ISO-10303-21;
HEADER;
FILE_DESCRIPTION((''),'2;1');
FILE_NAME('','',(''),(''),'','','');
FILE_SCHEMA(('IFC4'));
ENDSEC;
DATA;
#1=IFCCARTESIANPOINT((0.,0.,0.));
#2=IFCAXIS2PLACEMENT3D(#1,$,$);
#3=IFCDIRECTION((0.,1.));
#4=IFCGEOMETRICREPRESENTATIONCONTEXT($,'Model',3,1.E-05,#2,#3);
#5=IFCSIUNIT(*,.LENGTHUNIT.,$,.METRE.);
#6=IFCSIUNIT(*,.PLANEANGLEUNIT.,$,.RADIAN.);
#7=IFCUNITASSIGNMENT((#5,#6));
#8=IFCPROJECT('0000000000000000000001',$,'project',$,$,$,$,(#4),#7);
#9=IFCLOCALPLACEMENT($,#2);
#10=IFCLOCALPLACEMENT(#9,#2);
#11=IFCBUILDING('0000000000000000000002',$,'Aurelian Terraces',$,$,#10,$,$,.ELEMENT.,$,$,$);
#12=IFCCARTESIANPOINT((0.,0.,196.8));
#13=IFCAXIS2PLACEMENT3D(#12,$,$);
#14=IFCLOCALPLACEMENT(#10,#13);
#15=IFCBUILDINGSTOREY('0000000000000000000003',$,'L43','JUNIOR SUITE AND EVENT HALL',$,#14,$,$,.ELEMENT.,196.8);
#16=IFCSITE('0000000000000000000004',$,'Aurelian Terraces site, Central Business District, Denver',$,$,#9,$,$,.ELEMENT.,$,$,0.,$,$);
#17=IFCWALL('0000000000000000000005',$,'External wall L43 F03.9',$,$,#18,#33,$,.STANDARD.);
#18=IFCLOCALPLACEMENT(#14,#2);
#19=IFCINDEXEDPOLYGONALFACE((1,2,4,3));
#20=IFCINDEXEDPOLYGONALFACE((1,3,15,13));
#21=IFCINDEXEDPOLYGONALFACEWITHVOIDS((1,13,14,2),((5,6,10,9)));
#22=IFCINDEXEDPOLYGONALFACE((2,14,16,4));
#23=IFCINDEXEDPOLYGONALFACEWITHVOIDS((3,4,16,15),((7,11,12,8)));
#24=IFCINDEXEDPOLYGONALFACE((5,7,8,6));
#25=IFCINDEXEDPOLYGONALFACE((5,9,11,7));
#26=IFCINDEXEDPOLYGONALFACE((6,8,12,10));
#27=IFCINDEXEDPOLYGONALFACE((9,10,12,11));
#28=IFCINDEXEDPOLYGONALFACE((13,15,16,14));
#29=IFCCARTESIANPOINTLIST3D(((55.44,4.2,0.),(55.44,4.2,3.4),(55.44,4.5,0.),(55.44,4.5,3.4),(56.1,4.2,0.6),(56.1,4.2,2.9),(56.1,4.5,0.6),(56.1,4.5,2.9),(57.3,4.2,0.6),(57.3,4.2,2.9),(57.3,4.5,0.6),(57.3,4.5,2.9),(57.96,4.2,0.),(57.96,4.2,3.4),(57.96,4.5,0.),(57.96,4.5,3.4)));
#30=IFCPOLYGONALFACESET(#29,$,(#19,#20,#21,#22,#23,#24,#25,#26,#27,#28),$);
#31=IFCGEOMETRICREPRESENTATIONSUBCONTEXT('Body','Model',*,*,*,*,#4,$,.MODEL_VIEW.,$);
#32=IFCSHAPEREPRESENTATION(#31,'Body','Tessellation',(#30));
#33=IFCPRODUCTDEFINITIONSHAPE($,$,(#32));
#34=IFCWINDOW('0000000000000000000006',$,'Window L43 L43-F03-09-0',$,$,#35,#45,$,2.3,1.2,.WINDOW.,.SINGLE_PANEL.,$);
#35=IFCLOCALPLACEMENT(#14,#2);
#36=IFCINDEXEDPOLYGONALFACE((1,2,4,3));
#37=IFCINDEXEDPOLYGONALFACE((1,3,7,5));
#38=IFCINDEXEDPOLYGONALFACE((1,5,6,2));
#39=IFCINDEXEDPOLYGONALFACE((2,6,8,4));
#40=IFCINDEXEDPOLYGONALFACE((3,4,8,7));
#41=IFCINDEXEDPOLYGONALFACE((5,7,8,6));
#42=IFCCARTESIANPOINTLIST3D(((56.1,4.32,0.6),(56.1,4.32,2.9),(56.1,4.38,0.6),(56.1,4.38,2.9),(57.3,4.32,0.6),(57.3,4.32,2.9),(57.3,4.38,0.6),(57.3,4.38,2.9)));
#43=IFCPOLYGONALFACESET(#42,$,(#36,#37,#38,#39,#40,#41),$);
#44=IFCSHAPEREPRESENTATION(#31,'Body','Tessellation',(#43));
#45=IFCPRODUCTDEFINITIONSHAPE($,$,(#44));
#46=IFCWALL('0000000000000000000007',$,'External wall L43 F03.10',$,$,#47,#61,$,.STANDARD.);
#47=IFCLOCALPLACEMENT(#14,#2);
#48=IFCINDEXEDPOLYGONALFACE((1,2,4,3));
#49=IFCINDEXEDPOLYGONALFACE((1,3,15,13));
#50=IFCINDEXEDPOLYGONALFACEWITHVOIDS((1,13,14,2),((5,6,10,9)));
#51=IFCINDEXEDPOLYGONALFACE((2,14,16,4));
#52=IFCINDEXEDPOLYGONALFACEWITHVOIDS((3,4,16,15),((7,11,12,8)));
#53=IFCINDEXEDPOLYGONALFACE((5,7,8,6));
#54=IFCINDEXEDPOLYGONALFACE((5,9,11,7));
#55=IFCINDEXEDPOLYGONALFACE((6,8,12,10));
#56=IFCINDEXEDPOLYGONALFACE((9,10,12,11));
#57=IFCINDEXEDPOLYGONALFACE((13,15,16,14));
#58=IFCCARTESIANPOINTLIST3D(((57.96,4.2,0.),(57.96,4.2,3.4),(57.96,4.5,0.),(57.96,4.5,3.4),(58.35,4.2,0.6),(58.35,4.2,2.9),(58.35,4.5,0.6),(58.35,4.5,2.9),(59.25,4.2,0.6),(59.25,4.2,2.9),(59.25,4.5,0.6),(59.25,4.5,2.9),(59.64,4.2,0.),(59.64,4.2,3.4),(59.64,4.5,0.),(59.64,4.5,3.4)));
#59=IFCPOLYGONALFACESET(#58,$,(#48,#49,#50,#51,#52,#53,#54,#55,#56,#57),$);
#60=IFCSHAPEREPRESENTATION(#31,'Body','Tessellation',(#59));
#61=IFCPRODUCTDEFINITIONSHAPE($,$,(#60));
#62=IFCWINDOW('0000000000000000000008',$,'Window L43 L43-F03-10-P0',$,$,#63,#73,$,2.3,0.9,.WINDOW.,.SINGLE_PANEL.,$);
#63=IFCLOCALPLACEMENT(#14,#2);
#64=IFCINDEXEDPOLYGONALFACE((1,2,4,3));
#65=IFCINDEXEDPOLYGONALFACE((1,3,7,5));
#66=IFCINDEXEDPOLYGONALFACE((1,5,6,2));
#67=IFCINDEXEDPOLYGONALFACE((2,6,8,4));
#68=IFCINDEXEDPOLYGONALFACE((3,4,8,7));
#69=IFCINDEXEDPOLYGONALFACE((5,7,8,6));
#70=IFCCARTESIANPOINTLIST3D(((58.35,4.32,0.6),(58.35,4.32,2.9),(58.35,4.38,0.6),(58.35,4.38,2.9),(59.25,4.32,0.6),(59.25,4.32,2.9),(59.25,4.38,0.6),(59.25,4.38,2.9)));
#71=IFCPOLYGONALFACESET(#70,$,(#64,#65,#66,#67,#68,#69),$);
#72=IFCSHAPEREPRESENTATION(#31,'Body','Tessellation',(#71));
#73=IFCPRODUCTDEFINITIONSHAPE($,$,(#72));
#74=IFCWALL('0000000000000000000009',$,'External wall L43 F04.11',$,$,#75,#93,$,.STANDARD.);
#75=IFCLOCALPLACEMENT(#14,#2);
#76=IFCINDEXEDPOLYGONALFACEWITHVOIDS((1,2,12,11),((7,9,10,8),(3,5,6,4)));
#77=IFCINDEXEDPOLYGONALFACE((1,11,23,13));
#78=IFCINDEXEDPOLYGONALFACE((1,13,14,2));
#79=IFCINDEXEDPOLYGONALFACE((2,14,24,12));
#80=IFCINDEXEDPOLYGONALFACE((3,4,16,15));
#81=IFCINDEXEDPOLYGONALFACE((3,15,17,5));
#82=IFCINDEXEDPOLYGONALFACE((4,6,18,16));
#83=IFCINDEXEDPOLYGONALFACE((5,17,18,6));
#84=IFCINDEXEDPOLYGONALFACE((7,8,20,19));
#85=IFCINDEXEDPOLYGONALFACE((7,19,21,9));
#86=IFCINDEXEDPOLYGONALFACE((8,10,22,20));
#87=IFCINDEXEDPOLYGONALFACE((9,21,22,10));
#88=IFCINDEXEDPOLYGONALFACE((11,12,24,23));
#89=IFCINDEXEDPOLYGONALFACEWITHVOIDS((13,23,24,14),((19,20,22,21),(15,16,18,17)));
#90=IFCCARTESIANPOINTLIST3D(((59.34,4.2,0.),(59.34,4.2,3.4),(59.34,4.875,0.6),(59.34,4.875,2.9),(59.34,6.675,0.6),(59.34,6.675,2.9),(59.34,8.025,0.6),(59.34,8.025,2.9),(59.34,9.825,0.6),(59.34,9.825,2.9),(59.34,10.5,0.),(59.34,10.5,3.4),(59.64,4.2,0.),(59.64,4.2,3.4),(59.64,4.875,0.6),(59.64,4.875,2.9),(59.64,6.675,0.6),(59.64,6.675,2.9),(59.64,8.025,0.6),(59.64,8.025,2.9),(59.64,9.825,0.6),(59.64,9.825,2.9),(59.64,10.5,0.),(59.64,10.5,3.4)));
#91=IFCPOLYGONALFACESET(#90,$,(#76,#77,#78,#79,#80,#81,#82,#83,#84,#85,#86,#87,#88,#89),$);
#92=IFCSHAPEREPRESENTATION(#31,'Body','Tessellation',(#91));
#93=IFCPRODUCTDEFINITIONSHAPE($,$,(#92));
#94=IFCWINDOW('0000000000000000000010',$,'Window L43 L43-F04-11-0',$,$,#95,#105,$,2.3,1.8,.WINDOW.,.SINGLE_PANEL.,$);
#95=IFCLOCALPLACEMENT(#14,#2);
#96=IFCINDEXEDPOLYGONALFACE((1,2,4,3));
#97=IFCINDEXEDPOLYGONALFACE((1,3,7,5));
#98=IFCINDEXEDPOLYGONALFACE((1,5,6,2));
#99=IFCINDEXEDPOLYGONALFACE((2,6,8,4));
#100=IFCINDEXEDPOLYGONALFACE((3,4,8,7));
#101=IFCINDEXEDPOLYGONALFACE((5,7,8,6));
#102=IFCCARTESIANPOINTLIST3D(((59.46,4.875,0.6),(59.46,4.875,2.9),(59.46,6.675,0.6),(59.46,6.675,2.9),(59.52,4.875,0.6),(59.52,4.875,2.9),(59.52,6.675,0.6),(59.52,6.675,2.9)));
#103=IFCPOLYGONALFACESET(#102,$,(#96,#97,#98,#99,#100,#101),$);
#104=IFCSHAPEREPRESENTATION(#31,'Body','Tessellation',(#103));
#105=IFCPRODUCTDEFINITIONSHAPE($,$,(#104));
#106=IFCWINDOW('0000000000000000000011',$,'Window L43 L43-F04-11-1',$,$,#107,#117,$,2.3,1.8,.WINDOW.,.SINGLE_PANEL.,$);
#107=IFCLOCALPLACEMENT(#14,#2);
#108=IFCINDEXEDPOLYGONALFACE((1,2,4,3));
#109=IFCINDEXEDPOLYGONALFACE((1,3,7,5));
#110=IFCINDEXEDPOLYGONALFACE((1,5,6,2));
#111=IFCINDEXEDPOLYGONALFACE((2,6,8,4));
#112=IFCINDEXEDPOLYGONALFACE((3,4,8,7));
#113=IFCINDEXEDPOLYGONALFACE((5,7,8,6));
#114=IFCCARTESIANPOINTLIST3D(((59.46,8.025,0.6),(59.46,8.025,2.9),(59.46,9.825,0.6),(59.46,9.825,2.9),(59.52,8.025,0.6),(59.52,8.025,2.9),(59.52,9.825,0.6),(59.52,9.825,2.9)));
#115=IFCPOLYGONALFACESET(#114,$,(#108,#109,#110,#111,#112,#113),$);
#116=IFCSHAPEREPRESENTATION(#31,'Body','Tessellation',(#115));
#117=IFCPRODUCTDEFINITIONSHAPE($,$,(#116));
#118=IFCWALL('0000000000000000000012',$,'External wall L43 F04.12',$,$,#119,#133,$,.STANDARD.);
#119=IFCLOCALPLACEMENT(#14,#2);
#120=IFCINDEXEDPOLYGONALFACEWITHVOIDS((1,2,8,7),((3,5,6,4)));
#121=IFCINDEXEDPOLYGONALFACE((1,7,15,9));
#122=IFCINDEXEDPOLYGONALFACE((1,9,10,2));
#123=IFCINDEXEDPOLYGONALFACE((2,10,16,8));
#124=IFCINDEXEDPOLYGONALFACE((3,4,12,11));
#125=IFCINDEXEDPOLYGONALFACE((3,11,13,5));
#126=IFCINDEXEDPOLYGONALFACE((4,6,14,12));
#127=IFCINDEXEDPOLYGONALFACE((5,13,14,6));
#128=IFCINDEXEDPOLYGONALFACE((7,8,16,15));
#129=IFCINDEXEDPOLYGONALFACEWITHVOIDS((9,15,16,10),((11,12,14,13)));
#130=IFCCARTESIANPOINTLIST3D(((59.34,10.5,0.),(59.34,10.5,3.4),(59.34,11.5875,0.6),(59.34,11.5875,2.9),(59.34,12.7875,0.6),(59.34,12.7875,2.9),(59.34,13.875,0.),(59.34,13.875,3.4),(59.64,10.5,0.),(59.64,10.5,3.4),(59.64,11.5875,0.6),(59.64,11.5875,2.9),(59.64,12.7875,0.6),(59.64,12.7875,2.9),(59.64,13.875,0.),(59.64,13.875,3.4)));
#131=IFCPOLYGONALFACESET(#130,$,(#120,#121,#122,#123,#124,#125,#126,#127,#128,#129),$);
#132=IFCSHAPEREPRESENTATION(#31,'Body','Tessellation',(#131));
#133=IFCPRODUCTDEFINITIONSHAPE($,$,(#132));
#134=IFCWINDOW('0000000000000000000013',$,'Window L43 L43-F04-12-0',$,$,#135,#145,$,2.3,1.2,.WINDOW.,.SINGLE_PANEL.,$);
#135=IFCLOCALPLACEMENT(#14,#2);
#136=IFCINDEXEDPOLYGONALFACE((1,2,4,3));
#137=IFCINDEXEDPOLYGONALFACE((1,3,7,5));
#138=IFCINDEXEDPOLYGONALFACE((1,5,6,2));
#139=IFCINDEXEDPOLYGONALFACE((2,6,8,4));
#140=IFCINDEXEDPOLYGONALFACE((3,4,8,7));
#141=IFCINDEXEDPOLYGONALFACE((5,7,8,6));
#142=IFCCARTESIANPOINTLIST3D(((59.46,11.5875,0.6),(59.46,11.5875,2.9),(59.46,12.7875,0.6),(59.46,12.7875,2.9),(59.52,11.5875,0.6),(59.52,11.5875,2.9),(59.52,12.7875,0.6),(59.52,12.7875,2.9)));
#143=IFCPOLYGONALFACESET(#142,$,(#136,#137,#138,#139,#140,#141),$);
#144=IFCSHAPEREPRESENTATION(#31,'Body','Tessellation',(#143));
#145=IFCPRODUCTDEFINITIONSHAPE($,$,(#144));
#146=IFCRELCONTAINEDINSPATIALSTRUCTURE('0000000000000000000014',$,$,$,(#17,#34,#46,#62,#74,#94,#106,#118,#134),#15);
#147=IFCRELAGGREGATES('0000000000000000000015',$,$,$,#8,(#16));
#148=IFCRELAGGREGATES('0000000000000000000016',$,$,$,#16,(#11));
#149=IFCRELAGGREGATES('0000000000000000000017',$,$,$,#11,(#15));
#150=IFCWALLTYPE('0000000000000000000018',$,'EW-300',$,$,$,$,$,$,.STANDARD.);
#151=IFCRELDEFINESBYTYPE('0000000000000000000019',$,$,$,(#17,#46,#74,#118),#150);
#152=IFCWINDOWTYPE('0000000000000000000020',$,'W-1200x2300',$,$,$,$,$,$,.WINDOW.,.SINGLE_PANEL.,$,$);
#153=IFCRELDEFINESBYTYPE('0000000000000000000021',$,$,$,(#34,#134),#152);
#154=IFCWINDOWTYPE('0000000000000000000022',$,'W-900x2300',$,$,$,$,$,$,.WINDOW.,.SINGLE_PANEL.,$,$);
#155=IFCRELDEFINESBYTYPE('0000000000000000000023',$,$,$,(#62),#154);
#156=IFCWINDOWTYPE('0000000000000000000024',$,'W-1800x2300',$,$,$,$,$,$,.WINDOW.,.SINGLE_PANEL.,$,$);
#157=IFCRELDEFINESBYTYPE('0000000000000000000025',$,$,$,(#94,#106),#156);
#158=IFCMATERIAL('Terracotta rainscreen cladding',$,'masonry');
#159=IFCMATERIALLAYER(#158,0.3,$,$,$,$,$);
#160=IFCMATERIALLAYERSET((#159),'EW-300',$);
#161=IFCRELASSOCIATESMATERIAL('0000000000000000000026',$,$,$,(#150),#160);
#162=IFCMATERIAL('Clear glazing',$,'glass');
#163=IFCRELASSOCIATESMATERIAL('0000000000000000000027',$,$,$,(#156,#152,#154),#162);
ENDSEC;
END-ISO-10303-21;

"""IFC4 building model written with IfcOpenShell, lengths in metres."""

from ifc_helpers import new_model, si_unit, direction, frame, frame_2d, origin, place, context, subcontext, project, spatial, rectangle, extrude, source, transform, mapped, material, layer, layer_set, type_object, element, fill, save


model = new_model("IFC4")

# Units and contexts
model_context = context("Model", 3, precision=1e-05, world=origin(), true_north=direction((0.0, 1.0)))
body_context = subcontext(model_context, "Body", "Model", "MODEL_VIEW")
ifc_project = project(units=[si_unit("LENGTHUNIT", "METRE"), si_unit("PLANEANGLEUNIT", "RADIAN")], contexts=[model_context])

# Site, building, storey
site_placement = place(None, origin())
site = spatial("IfcSite", under=ifc_project, at=site_placement, Name="Aurelian Terraces site, Central Business District, Denver", CompositionType="ELEMENT", RefElevation=0.0)
building_placement = place(site_placement, origin())
building = spatial("IfcBuilding", under=site, at=building_placement, Name="Aurelian Terraces", CompositionType="ELEMENT")
storey_placement = place(building_placement, frame((0.0, 0.0, 196.8)))
storey = spatial("IfcBuildingStorey", under=building, at=storey_placement, Name="L43", Description="JUNIOR SUITE AND EVENT HALL", CompositionType="ELEMENT", Elevation=196.8)

# Walls, openings, windows
ifc_material_1 = material(Name="Terracotta rainscreen cladding", Category="masonry")
ifc_layer = layer(ifc_material_1, 0.3)
ifc_layer_set = layer_set([ifc_layer], Name="EW-300")
wall_type = type_object("IfcWallType", Name="EW-300", PredefinedType="STANDARD", material=ifc_layer_set)
shared_shape_1 = source(origin(), body_context, "Body", "SweptSolid", [
    extrude(rectangle(XDim=1.8, YDim=2.3, at=frame_2d((0.9, 1.15))), frame((0.0, 0.16, 0.0), z_axis=(0.0, -1.0, 0.0), x_axis=(1.0, 0.0, 0.0)), (0.0, 0.0, 1.0), 0.32),
])
ifc_material_2 = material(Name="Clear glazing", Category="glass")
window_type_1 = type_object("IfcWindowType", Name="W-1800x2300", PartitioningType="SINGLE_PANEL", PredefinedType="WINDOW", material=ifc_material_2)
shared_shape_2 = source(origin(), body_context, "Body", "SweptSolid", [
    extrude(rectangle(XDim=1.8, YDim=2.3, at=frame_2d((0.9, 1.15))), frame((0.0, 0.03, 0.0), z_axis=(0.0, -1.0, 0.0), x_axis=(1.0, 0.0, 0.0)), (0.0, 0.0, 1.0), 0.06),
])
shared_shape_3 = source(origin(), body_context, "Body", "SweptSolid", [
    extrude(rectangle(XDim=2.52, YDim=0.3, at=frame_2d((1.26, 0.0))), origin(), (0.0, 0.0, 1.0), 3.4),
])
wall_1_placement = place(storey_placement, frame((55.44, 4.35, 0.0), z_axis=(0.0, 0.0, 1.0), x_axis=(1.0, 0.0, 0.0)))
wall_1 = element("IfcWall", 1, at=wall_1_placement, inside=storey, type_object=wall_type, Name="External wall L43 F03.9", PredefinedType="STANDARD", context=body_context, shape_type="MappedRepresentation", body=[
    mapped(shared_shape_3, transform((0.0, 0.0, 0.0), scale=1.0)),
])
shared_shape_4 = source(origin(), body_context, "Body", "SweptSolid", [
    extrude(rectangle(XDim=1.2, YDim=2.3, at=frame_2d((0.6, 1.15))), frame((0.0, 0.16, 0.0), z_axis=(0.0, -1.0, 0.0), x_axis=(1.0, 0.0, 0.0)), (0.0, 0.0, 1.0), 0.32),
])
opening_1_placement = place(wall_1_placement, frame((0.66, 0.0, 0.6)))
opening_1 = element("IfcOpeningElement", 2, at=opening_1_placement, cuts=wall_1, PredefinedType="OPENING", context=body_context, shape_type="MappedRepresentation", body=[
    mapped(shared_shape_4, transform((0.0, 0.0, 0.0), scale=1.0)),
])
window_type_2 = type_object("IfcWindowType", Name="W-1200x2300", PartitioningType="SINGLE_PANEL", PredefinedType="WINDOW", material=ifc_material_2)
shared_shape_5 = source(origin(), body_context, "Body", "SweptSolid", [
    extrude(rectangle(XDim=1.2, YDim=2.3, at=frame_2d((0.6, 1.15))), frame((0.0, 0.03, 0.0), z_axis=(0.0, -1.0, 0.0), x_axis=(1.0, 0.0, 0.0)), (0.0, 0.0, 1.0), 0.06),
])
window_1_placement = place(opening_1_placement, origin())
window_1 = element("IfcWindow", 3, at=window_1_placement, inside=storey, type_object=window_type_2, Name="Window L43 L43-F03-09-0", OverallHeight=2.3, OverallWidth=1.2, PartitioningType="SINGLE_PANEL", PredefinedType="WINDOW", context=body_context, shape_type="MappedRepresentation", body=[
    mapped(shared_shape_5, transform((0.0, 0.0, 0.0), scale=1.0)),
])
fill(opening_1, window_1)
shared_shape_6 = source(origin(), body_context, "Body", "SweptSolid", [
    extrude(rectangle(XDim=1.68, YDim=0.3, at=frame_2d((0.84, 0.0))), origin(), (0.0, 0.0, 1.0), 3.4),
])
wall_2_placement = place(storey_placement, frame((57.96, 4.35, 0.0), z_axis=(0.0, 0.0, 1.0), x_axis=(1.0, 0.0, 0.0)))
wall_2 = element("IfcWall", 4, at=wall_2_placement, inside=storey, type_object=wall_type, Name="External wall L43 F03.10", PredefinedType="STANDARD", context=body_context, shape_type="MappedRepresentation", body=[
    mapped(shared_shape_6, transform((0.0, 0.0, 0.0), scale=1.0)),
])
shared_shape_7 = source(origin(), body_context, "Body", "SweptSolid", [
    extrude(rectangle(XDim=0.9, YDim=2.3, at=frame_2d((0.45, 1.15))), frame((0.0, 0.16, 0.0), z_axis=(0.0, -1.0, 0.0), x_axis=(1.0, 0.0, 0.0)), (0.0, 0.0, 1.0), 0.32),
])
opening_2_placement = place(wall_2_placement, frame((0.39, 0.0, 0.6)))
opening_2 = element("IfcOpeningElement", 5, at=opening_2_placement, cuts=wall_2, PredefinedType="OPENING", context=body_context, shape_type="MappedRepresentation", body=[
    mapped(shared_shape_7, transform((0.0, 0.0, 0.0), scale=1.0)),
])
window_type_3 = type_object("IfcWindowType", Name="W-900x2300", PartitioningType="SINGLE_PANEL", PredefinedType="WINDOW", material=ifc_material_2)
shared_shape_8 = source(origin(), body_context, "Body", "SweptSolid", [
    extrude(rectangle(XDim=0.9, YDim=2.3, at=frame_2d((0.45, 1.15))), frame((0.0, 0.03, 0.0), z_axis=(0.0, -1.0, 0.0), x_axis=(1.0, 0.0, 0.0)), (0.0, 0.0, 1.0), 0.06),
])
window_2_placement = place(opening_2_placement, origin())
window_2 = element("IfcWindow", 6, at=window_2_placement, inside=storey, type_object=window_type_3, Name="Window L43 L43-F03-10-P0", OverallHeight=2.3, OverallWidth=0.9, PartitioningType="SINGLE_PANEL", PredefinedType="WINDOW", context=body_context, shape_type="MappedRepresentation", body=[
    mapped(shared_shape_8, transform((0.0, 0.0, 0.0), scale=1.0)),
])
fill(opening_2, window_2)

# Wall, openings, windows
shared_shape_9 = source(origin(), body_context, "Body", "SweptSolid", [
    extrude(rectangle(XDim=6.3, YDim=0.3, at=frame_2d((3.15, 0.0))), origin(), (0.0, 0.0, 1.0), 3.4),
])
wall_3_placement = place(storey_placement, frame((59.49, 4.2, 0.0), z_axis=(0.0, 0.0, 1.0), x_axis=(0.0, 1.0, 0.0)))
wall_3 = element("IfcWall", 7, at=wall_3_placement, inside=storey, type_object=wall_type, Name="External wall L43 F04.11", PredefinedType="STANDARD", context=body_context, shape_type="MappedRepresentation", body=[
    mapped(shared_shape_9, transform((0.0, 0.0, 0.0), scale=1.0)),
])
opening_3_placement = place(wall_3_placement, frame((0.675, 0.0, 0.6)))
opening_3 = element("IfcOpeningElement", 8, at=opening_3_placement, cuts=wall_3, PredefinedType="OPENING", context=body_context, shape_type="MappedRepresentation", body=[
    mapped(shared_shape_1, transform((0.0, 0.0, 0.0), scale=1.0)),
])
opening_4_placement = place(wall_3_placement, frame((3.825, 0.0, 0.6)))
opening_4 = element("IfcOpeningElement", 9, at=opening_4_placement, cuts=wall_3, PredefinedType="OPENING", context=body_context, shape_type="MappedRepresentation", body=[
    mapped(shared_shape_1, transform((0.0, 0.0, 0.0), scale=1.0)),
])
window_3_placement = place(opening_3_placement, origin())
window_3 = element("IfcWindow", 10, at=window_3_placement, inside=storey, type_object=window_type_1, Name="Window L43 L43-F04-11-0", OverallHeight=2.3, OverallWidth=1.8, PartitioningType="SINGLE_PANEL", PredefinedType="WINDOW", context=body_context, shape_type="MappedRepresentation", body=[
    mapped(shared_shape_2, transform((0.0, 0.0, 0.0), scale=1.0)),
])
fill(opening_3, window_3)
window_4_placement = place(opening_4_placement, origin())
window_4 = element("IfcWindow", 11, at=window_4_placement, inside=storey, type_object=window_type_1, Name="Window L43 L43-F04-11-1", OverallHeight=2.3, OverallWidth=1.8, PartitioningType="SINGLE_PANEL", PredefinedType="WINDOW", context=body_context, shape_type="MappedRepresentation", body=[
    mapped(shared_shape_2, transform((0.0, 0.0, 0.0), scale=1.0)),
])
fill(opening_4, window_4)

# Wall, opening, window
shared_shape_10 = source(origin(), body_context, "Body", "SweptSolid", [
    extrude(rectangle(XDim=3.375, YDim=0.3, at=frame_2d((1.6875, 0.0))), origin(), (0.0, 0.0, 1.0), 3.4),
])
wall_4_placement = place(storey_placement, frame((59.49, 10.5, 0.0), z_axis=(0.0, 0.0, 1.0), x_axis=(0.0, 1.0, 0.0)))
wall_4 = element("IfcWall", 12, at=wall_4_placement, inside=storey, type_object=wall_type, Name="External wall L43 F04.12", PredefinedType="STANDARD", context=body_context, shape_type="MappedRepresentation", body=[
    mapped(shared_shape_10, transform((0.0, 0.0, 0.0), scale=1.0)),
])
opening_5_placement = place(wall_4_placement, frame((1.0875, 0.0, 0.6)))
opening_5 = element("IfcOpeningElement", 13, at=opening_5_placement, cuts=wall_4, PredefinedType="OPENING", context=body_context, shape_type="MappedRepresentation", body=[
    mapped(shared_shape_4, transform((0.0, 0.0, 0.0), scale=1.0)),
])
window_5_placement = place(opening_5_placement, origin())
window_5 = element("IfcWindow", 14, at=window_5_placement, inside=storey, type_object=window_type_2, Name="Window L43 L43-F04-12-0", OverallHeight=2.3, OverallWidth=1.2, PartitioningType="SINGLE_PANEL", PredefinedType="WINDOW", context=body_context, shape_type="MappedRepresentation", body=[
    mapped(shared_shape_5, transform((0.0, 0.0, 0.0), scale=1.0)),
])
fill(opening_5, window_5)

save(model, "model.ifc")
